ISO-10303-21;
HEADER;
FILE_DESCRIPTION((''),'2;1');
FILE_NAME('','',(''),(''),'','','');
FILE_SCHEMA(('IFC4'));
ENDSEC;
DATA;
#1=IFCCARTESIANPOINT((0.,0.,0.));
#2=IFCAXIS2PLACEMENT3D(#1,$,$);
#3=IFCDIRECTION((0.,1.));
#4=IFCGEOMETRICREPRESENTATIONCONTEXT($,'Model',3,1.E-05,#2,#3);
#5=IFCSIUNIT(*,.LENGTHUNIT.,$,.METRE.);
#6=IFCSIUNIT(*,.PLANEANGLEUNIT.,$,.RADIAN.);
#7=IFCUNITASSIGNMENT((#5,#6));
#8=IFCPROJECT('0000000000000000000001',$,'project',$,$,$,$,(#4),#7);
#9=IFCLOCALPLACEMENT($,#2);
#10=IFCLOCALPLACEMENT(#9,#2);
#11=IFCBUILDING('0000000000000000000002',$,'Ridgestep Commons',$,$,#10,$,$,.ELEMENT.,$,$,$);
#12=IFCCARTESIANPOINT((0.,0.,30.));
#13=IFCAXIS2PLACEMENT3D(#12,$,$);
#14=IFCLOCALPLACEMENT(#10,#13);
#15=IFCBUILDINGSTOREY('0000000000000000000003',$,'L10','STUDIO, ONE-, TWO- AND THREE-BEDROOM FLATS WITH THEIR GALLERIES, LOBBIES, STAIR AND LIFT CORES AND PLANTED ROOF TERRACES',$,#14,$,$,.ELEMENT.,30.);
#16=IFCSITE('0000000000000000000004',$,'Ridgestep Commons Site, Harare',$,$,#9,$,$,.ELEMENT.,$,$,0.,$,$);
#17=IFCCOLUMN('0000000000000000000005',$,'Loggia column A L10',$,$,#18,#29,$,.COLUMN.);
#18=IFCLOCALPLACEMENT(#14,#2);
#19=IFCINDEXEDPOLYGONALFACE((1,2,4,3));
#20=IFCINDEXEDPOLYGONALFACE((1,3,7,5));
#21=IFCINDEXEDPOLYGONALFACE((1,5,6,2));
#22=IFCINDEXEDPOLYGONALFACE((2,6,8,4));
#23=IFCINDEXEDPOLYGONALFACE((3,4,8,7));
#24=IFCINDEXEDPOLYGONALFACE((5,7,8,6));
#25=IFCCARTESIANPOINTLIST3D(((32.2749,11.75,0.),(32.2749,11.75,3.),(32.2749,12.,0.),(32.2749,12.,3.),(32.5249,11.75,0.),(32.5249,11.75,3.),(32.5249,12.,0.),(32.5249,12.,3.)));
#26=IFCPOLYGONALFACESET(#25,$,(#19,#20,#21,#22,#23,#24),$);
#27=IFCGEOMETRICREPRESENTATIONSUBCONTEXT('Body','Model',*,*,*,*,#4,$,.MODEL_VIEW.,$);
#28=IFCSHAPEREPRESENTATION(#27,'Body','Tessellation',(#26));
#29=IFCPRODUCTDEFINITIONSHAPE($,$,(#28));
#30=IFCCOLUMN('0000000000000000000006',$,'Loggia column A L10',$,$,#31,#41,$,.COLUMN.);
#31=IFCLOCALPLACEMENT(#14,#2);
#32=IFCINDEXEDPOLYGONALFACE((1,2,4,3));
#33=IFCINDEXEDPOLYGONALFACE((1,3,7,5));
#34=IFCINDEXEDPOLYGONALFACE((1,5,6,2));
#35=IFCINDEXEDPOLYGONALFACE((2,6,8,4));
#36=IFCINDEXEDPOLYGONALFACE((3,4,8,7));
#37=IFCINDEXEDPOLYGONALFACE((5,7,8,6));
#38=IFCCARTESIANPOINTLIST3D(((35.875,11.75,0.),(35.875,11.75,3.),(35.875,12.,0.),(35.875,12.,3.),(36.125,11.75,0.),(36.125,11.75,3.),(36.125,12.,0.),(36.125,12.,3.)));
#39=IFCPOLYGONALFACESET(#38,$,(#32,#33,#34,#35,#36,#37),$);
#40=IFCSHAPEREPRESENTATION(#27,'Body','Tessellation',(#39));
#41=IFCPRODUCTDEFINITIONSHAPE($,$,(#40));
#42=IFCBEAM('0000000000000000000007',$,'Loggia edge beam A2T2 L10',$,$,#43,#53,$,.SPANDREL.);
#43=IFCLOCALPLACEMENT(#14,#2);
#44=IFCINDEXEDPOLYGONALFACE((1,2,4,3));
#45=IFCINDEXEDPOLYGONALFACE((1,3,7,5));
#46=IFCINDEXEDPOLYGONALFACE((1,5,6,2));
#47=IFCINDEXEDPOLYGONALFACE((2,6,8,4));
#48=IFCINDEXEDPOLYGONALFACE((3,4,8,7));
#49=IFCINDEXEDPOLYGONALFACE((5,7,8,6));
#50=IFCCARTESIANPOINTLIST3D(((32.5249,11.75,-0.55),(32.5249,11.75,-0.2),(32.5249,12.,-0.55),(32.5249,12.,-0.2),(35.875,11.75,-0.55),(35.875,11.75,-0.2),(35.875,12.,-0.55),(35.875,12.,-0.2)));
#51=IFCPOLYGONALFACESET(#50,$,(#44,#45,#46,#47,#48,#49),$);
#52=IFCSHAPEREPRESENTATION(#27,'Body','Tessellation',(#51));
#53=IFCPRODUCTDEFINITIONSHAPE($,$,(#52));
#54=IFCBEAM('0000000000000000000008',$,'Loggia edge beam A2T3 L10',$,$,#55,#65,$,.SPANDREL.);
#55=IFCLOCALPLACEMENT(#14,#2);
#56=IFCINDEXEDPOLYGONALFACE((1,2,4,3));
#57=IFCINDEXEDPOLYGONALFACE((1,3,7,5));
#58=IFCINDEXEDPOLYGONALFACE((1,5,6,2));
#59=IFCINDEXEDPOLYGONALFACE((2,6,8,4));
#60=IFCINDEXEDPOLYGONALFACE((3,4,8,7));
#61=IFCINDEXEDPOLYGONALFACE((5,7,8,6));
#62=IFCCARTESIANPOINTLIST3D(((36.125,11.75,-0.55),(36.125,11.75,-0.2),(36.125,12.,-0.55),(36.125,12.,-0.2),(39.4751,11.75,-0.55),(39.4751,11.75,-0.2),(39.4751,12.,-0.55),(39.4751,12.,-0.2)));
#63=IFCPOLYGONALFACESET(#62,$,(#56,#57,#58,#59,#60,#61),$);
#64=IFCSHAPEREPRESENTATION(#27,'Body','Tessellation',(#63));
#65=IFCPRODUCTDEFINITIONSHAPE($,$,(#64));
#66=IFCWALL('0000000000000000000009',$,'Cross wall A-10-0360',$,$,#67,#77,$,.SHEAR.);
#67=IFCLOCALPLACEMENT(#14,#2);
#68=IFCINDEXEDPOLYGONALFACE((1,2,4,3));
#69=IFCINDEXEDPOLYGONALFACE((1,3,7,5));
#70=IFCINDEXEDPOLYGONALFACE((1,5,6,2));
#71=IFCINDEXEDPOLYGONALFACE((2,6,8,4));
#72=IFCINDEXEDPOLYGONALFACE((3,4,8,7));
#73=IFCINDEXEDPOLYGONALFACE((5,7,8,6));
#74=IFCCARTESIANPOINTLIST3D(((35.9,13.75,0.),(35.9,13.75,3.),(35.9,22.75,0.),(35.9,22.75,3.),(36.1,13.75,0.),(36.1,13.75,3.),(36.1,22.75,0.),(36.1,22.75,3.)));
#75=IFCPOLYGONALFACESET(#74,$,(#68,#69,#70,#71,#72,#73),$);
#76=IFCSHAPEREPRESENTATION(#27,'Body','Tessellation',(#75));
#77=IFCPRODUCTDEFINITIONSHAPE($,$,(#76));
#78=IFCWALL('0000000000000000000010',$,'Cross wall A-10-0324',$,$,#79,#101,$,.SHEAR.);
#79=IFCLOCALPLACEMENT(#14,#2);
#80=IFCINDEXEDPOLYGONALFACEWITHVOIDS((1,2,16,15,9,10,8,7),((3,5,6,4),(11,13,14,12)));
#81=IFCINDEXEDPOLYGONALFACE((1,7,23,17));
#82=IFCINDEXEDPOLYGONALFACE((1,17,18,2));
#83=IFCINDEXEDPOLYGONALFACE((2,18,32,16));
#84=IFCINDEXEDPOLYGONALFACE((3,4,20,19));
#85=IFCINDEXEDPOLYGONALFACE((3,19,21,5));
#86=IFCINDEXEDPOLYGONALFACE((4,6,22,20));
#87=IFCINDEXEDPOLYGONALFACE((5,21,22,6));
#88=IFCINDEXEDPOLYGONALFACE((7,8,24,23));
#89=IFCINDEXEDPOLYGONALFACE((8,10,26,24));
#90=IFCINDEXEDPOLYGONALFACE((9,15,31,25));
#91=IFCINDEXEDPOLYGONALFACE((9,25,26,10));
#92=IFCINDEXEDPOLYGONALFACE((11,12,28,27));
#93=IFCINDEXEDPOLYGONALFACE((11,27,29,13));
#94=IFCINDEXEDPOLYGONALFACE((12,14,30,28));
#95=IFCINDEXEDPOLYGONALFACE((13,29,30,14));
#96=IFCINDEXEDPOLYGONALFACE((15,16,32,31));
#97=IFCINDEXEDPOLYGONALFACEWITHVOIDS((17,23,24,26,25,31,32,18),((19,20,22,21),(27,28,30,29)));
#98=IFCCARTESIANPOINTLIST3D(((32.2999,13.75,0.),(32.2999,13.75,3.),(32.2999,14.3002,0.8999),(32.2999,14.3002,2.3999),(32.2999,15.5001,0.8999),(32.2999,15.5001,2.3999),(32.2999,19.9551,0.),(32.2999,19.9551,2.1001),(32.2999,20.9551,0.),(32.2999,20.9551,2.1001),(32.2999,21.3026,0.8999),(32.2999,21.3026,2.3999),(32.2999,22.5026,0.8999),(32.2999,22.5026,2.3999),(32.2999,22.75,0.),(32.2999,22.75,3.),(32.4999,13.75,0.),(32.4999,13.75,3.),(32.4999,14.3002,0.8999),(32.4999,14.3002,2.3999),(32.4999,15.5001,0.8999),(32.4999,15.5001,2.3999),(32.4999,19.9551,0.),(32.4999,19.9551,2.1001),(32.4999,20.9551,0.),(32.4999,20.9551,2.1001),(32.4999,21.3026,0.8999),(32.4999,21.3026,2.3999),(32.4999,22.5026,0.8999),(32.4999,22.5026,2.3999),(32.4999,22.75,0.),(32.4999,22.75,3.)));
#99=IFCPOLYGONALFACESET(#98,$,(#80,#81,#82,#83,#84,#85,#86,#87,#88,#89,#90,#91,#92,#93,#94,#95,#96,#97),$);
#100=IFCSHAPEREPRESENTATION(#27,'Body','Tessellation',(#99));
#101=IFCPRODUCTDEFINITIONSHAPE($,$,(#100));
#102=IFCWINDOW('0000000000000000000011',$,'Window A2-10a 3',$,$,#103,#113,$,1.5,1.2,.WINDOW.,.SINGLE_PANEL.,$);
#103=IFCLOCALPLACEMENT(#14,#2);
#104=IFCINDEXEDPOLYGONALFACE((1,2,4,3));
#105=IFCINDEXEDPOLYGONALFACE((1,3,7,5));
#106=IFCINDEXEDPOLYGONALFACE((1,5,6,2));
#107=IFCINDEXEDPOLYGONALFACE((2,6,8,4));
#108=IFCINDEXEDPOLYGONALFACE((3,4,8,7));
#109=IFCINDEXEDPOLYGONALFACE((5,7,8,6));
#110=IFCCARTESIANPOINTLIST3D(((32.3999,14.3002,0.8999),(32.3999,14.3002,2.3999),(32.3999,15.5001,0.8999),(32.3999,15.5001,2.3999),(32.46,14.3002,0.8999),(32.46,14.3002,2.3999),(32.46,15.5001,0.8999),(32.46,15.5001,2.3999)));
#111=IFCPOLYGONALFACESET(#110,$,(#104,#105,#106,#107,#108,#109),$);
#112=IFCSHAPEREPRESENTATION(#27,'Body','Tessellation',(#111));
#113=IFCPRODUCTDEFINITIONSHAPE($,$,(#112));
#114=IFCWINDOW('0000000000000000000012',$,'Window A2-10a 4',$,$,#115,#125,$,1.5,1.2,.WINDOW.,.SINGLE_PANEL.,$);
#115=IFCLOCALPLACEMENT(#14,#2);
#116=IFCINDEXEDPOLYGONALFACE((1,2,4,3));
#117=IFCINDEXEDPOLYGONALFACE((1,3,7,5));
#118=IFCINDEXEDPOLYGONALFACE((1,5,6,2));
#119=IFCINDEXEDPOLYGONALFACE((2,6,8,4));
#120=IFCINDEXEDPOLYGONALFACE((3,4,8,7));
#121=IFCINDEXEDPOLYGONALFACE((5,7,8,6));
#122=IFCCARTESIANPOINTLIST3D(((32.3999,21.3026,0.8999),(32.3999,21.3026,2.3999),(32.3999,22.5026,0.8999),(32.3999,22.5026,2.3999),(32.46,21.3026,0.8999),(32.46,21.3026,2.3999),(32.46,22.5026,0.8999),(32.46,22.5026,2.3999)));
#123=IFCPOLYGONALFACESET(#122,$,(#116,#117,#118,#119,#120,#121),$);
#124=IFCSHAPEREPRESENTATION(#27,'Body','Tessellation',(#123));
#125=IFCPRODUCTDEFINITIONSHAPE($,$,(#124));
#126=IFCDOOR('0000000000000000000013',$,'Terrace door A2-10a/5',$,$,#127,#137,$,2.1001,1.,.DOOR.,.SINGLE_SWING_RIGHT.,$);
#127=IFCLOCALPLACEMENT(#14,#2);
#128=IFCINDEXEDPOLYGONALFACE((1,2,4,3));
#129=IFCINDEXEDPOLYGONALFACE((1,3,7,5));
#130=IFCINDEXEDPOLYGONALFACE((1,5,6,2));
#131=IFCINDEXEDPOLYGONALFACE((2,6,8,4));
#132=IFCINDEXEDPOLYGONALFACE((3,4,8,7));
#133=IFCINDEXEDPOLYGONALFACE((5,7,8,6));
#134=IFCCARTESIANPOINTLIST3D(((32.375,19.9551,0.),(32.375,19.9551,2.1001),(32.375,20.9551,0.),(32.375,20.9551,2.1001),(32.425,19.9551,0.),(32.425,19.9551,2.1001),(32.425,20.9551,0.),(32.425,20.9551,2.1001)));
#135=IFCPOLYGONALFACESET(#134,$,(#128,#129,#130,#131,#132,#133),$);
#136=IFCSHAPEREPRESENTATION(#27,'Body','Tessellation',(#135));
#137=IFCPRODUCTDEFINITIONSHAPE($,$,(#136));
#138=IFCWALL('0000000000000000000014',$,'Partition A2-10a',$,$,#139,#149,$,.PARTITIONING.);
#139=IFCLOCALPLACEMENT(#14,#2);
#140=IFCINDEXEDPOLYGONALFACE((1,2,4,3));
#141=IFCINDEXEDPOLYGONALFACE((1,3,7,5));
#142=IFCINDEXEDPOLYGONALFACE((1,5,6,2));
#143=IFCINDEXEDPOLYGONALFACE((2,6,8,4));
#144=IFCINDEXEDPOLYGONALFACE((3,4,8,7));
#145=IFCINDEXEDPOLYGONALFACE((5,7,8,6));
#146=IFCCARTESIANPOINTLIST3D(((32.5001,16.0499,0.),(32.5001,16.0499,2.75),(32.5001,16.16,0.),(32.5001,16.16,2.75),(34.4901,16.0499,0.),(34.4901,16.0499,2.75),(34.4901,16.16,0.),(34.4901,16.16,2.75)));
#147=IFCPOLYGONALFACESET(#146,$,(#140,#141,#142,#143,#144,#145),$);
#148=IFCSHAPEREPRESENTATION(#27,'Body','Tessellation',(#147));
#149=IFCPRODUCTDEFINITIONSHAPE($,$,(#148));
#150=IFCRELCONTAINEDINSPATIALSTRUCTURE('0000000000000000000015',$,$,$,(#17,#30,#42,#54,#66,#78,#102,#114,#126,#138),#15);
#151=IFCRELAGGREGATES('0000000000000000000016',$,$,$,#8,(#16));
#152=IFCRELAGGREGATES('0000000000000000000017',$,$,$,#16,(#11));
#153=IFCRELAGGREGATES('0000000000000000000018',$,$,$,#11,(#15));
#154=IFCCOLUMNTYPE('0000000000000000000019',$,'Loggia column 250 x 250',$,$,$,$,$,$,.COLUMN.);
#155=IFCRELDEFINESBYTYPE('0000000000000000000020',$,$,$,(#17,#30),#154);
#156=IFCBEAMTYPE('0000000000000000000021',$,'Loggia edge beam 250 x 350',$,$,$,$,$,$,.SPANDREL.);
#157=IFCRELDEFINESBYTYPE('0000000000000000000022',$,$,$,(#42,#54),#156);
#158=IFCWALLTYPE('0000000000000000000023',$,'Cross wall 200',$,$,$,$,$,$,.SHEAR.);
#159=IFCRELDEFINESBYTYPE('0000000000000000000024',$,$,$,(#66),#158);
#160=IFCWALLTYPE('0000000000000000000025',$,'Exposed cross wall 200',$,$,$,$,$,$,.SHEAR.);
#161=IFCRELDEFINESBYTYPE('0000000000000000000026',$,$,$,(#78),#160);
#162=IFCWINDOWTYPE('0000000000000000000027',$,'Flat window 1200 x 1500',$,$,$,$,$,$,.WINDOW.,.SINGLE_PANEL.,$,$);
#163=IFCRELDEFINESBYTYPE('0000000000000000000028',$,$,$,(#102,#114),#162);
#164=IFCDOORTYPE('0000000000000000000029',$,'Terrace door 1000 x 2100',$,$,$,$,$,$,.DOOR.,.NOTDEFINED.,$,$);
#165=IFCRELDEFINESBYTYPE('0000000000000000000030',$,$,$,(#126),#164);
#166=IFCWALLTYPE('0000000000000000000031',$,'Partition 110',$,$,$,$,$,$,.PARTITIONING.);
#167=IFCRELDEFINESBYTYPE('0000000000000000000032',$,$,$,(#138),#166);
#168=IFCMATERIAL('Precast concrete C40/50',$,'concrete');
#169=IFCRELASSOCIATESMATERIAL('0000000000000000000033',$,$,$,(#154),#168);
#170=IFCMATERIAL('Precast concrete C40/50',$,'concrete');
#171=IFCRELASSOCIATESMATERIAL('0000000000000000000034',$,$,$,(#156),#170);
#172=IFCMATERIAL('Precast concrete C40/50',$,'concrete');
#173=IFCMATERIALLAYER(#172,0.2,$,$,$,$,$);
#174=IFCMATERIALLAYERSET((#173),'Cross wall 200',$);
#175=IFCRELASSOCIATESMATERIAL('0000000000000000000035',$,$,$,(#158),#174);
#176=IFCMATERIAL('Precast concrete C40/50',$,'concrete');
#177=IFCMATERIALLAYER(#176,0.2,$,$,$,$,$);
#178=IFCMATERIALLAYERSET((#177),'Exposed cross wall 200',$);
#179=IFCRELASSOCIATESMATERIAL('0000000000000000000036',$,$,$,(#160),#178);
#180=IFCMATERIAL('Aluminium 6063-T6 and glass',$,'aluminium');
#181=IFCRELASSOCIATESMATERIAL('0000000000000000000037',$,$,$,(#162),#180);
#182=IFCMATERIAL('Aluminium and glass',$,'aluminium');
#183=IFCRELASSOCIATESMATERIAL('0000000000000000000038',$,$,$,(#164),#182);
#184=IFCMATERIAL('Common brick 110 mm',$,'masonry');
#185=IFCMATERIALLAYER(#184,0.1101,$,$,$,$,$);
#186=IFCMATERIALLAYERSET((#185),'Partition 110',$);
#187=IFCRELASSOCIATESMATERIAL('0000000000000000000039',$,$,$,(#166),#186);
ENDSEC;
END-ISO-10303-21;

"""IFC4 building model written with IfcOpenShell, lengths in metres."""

from ifc_helpers import new_model, si_unit, direction, frame, frame_2d, origin, origin_2d, place, context, subcontext, project, spatial, rectangle, extrude, material, layer, layer_set, material_profile, profile_set, type_object, element, fill, save


model = new_model("IFC4")

# Units and contexts
model_context = context("Model", 3, precision=1e-05, world=origin(), true_north=direction((0.0, 1.0)))
body_context = subcontext(model_context, "Body", "Model", "MODEL_VIEW")
ifc_project = project(units=[si_unit("LENGTHUNIT", "METRE"), si_unit("PLANEANGLEUNIT", "RADIAN")], contexts=[model_context])

# Site, building, storey
site_placement = place(None, origin())
site = spatial("IfcSite", under=ifc_project, at=site_placement, Name="Ridgestep Commons Site, Harare", CompositionType="ELEMENT", RefElevation=0.0)
building_placement = place(site_placement, origin())
building = spatial("IfcBuilding", under=site, at=building_placement, Name="Ridgestep Commons", CompositionType="ELEMENT")
storey_placement = place(building_placement, frame((0.0, 0.0, 30.0)))
storey = spatial("IfcBuildingStorey", under=building, at=storey_placement, Name="L10", Description="STUDIO, ONE-, TWO- AND THREE-BEDROOM FLATS WITH THEIR GALLERIES, LOBBIES, STAIR AND LIFT CORES AND PLANTED ROOF TERRACES", CompositionType="ELEMENT", Elevation=30.0)

# Columns
ifc_material_1 = material(Name="Precast concrete C40/50", Category="concrete")
ifc_material_profile_1 = material_profile(ifc_material_1, rectangle(XDim=0.25, YDim=0.25, at=origin_2d()), Name="PC 250x250")
ifc_profile_set_1 = profile_set([ifc_material_profile_1], Name="Precast concrete C40/50")
column_type = type_object("IfcColumnType", Name="Loggia column 250 x 250", PredefinedType="COLUMN", material=ifc_profile_set_1)
for number, where, z_axis, x_axis, name in (
    (1, (32.3999, 11.875, 0.0), (0.0, 0.0, 1.0), (1.0, 0.0, 0.0), "Loggia column A L10"),
    (2, (36.0, 11.875, 0.0), (0.0, 0.0, 1.0), (1.0, 0.0, 0.0), "Loggia column A L10"),
):
    element("IfcColumn", number, at=place(storey_placement, frame(where, z_axis=z_axis, x_axis=x_axis)), inside=storey, type_object=column_type, Name=name, PredefinedType="COLUMN", context=body_context, shape_type="SweptSolid", body=[
        extrude(rectangle(XDim=0.25, YDim=0.25, at=origin_2d()), origin(), (0.0, 0.0, 1.0), 3.0),
    ])

# Beams
ifc_material_2 = material(Name="Precast concrete C40/50", Category="concrete")
ifc_material_profile_2 = material_profile(ifc_material_2, rectangle(XDim=0.25, YDim=0.3501, at=origin_2d()), Name="PC 250x350")
ifc_profile_set_2 = profile_set([ifc_material_profile_2], Name="Precast concrete C40/50")
beam_type = type_object("IfcBeamType", Name="Loggia edge beam 250 x 350", PredefinedType="SPANDREL", material=ifc_profile_set_2)
for number, where, z_axis, x_axis, name in (
    (3, (32.5249, 11.875, -0.375), (1.0, 0.0, 0.0), (0.0, 1.0, 0.0), "Loggia edge beam A2T2 L10"),
    (4, (36.125, 11.875, -0.375), (1.0, 0.0, 0.0), (0.0, 1.0, 0.0), "Loggia edge beam A2T3 L10"),
):
    element("IfcBeam", number, at=place(storey_placement, frame(where, z_axis=z_axis, x_axis=x_axis)), inside=storey, type_object=beam_type, Name=name, PredefinedType="SPANDREL", context=body_context, shape_type="SweptSolid", body=[
        extrude(rectangle(XDim=0.25, YDim=0.3501, at=origin_2d()), origin(), (0.0, 0.0, 1.0), 3.3501),
    ])

# Wall
ifc_material_3 = material(Name="Precast concrete C40/50", Category="concrete")
ifc_layer_1 = layer(ifc_material_3, 0.2)
ifc_layer_set_1 = layer_set([ifc_layer_1], Name="Cross wall 200")
wall_type_1 = type_object("IfcWallType", Name="Cross wall 200", PredefinedType="SHEAR", material=ifc_layer_set_1)
wall_1_placement = place(storey_placement, frame((36.0, 13.75, 0.0), z_axis=(0.0, 0.0, 1.0), x_axis=(0.0, 1.0, 0.0)))
element("IfcWall", 5, at=wall_1_placement, inside=storey, type_object=wall_type_1, Name="Cross wall A-10-0360", PredefinedType="SHEAR", context=body_context, shape_type="SweptSolid", body=[
    extrude(rectangle(XDim=9.0, YDim=0.2, at=frame_2d((4.5, 0.0))), origin(), (0.0, 0.0, 1.0), 3.0),
])

# Wall, openings, windows, door
ifc_material_4 = material(Name="Precast concrete C40/50", Category="concrete")
ifc_layer_2 = layer(ifc_material_4, 0.2)
ifc_layer_set_2 = layer_set([ifc_layer_2], Name="Exposed cross wall 200")
wall_type_2 = type_object("IfcWallType", Name="Exposed cross wall 200", PredefinedType="SHEAR", material=ifc_layer_set_2)
wall_2_placement = place(storey_placement, frame((32.3999, 13.75, 0.0), z_axis=(0.0, 0.0, 1.0), x_axis=(0.0, 1.0, 0.0)))
wall_2 = element("IfcWall", 6, at=wall_2_placement, inside=storey, type_object=wall_type_2, Name="Cross wall A-10-0324", PredefinedType="SHEAR", context=body_context, shape_type="SweptSolid", body=[
    extrude(rectangle(XDim=9.0, YDim=0.2, at=frame_2d((4.5, 0.0))), origin(), (0.0, 0.0, 1.0), 3.0),
])
opening_1_placement = place(wall_2_placement, frame((0.55, 0.0, 0.8999)))
opening_1 = element("IfcOpeningElement", 7, at=opening_1_placement, cuts=wall_2, PredefinedType="OPENING", context=body_context, shape_type="SweptSolid", body=[
    extrude(rectangle(XDim=1.2, YDim=1.5, at=frame_2d((0.6001, 0.75))), frame((0.0, 0.1099, 0.0), z_axis=(0.0, -1.0, 0.0), x_axis=(1.0, 0.0, 0.0)), (0.0, 0.0, 1.0), 0.22),
])
opening_2_placement = place(wall_2_placement, frame((7.5525, 0.0, 0.8999)))
opening_2 = element("IfcOpeningElement", 8, at=opening_2_placement, cuts=wall_2, PredefinedType="OPENING", context=body_context, shape_type="SweptSolid", body=[
    extrude(rectangle(XDim=1.2, YDim=1.5, at=frame_2d((0.6001, 0.75))), frame((0.0, 0.1099, 0.0), z_axis=(0.0, -1.0, 0.0), x_axis=(1.0, 0.0, 0.0)), (0.0, 0.0, 1.0), 0.22),
])
opening_3_placement = place(wall_2_placement, frame((6.2051, 0.0, 0.0)))
opening_3 = element("IfcOpeningElement", 9, at=opening_3_placement, cuts=wall_2, PredefinedType="OPENING", context=body_context, shape_type="SweptSolid", body=[
    extrude(rectangle(XDim=1.0, YDim=2.1001, at=frame_2d((0.5, 1.05))), frame((0.0, 0.1099, 0.0), z_axis=(0.0, -1.0, 0.0), x_axis=(1.0, 0.0, 0.0)), (0.0, 0.0, 1.0), 0.22),
])
ifc_material_5 = material(Name="Aluminium 6063-T6 and glass", Category="aluminium")
window_type_1 = type_object("IfcWindowType", Name="Flat window 1200 x 1500", PartitioningType="SINGLE_PANEL", PredefinedType="WINDOW", material=ifc_material_5)
window_1_placement = place(opening_1_placement, origin())
window_1 = element("IfcWindow", 10, at=window_1_placement, inside=storey, type_object=window_type_1, Name="Window A2-10a 3", OverallHeight=1.5, OverallWidth=1.2, PartitioningType="SINGLE_PANEL", PredefinedType="WINDOW", context=body_context, shape_type="SweptSolid", body=[
    extrude(rectangle(XDim=1.2, YDim=1.5, at=frame_2d((0.6001, 0.75))), frame((0.0, 0.0, 0.0), z_axis=(0.0, -1.0, 0.0), x_axis=(1.0, 0.0, 0.0)), (0.0, 0.0, 1.0), 0.0601),
])
fill(opening_1, window_1)
window_2_placement = place(opening_2_placement, origin())
window_2 = element("IfcWindow", 11, at=window_2_placement, inside=storey, type_object=window_type_1, Name="Window A2-10a 4", OverallHeight=1.5, OverallWidth=1.2, PartitioningType="SINGLE_PANEL", PredefinedType="WINDOW", context=body_context, shape_type="SweptSolid", body=[
    extrude(rectangle(XDim=1.2, YDim=1.5, at=frame_2d((0.6001, 0.75))), frame((0.0, 0.0, 0.0), z_axis=(0.0, -1.0, 0.0), x_axis=(1.0, 0.0, 0.0)), (0.0, 0.0, 1.0), 0.0601),
])
fill(opening_2, window_2)
ifc_material_6 = material(Name="Aluminium and glass", Category="aluminium")
door_type_1 = type_object("IfcDoorType", Name="Terrace door 1000 x 2100", OperationType="NOTDEFINED", PredefinedType="DOOR", material=ifc_material_6)
door_1_placement = place(opening_3_placement, origin())
door_1 = element("IfcDoor", 12, at=door_1_placement, inside=storey, type_object=door_type_1, Name="Terrace door A2-10a/5", OperationType="SINGLE_SWING_RIGHT", OverallHeight=2.1001, OverallWidth=1.0, PredefinedType="DOOR", context=body_context, shape_type="SweptSolid", body=[
    extrude(rectangle(XDim=1.0, YDim=2.1001, at=frame_2d((0.5, 1.05))), frame((0.0, 0.0249, 0.0), z_axis=(0.0, -1.0, 0.0), x_axis=(1.0, 0.0, 0.0)), (0.0, 0.0, 1.0), 0.05),
])
fill(opening_3, door_1)

# Wall
ifc_material_7 = material(Name="Common brick 110 mm", Category="masonry")
ifc_layer_3 = layer(ifc_material_7, 0.1101)
ifc_layer_set_3 = layer_set([ifc_layer_3], Name="Partition 110")
wall_type_3 = type_object("IfcWallType", Name="Partition 110", PredefinedType="PARTITIONING", material=ifc_layer_set_3)
wall_3_placement = place(storey_placement, frame((32.5, 16.105, 0.0), z_axis=(0.0, 0.0, 1.0), x_axis=(1.0, 0.0, 0.0)))
element("IfcWall", 13, at=wall_3_placement, inside=storey, type_object=wall_type_3, Name="Partition A2-10a", PredefinedType="PARTITIONING", context=body_context, shape_type="SweptSolid", body=[
    extrude(rectangle(XDim=1.99, YDim=0.1101, at=frame_2d((0.9951, 0.0))), origin(), (0.0, 0.0, 1.0), 2.75),
])

save(model, "model.ifc")
